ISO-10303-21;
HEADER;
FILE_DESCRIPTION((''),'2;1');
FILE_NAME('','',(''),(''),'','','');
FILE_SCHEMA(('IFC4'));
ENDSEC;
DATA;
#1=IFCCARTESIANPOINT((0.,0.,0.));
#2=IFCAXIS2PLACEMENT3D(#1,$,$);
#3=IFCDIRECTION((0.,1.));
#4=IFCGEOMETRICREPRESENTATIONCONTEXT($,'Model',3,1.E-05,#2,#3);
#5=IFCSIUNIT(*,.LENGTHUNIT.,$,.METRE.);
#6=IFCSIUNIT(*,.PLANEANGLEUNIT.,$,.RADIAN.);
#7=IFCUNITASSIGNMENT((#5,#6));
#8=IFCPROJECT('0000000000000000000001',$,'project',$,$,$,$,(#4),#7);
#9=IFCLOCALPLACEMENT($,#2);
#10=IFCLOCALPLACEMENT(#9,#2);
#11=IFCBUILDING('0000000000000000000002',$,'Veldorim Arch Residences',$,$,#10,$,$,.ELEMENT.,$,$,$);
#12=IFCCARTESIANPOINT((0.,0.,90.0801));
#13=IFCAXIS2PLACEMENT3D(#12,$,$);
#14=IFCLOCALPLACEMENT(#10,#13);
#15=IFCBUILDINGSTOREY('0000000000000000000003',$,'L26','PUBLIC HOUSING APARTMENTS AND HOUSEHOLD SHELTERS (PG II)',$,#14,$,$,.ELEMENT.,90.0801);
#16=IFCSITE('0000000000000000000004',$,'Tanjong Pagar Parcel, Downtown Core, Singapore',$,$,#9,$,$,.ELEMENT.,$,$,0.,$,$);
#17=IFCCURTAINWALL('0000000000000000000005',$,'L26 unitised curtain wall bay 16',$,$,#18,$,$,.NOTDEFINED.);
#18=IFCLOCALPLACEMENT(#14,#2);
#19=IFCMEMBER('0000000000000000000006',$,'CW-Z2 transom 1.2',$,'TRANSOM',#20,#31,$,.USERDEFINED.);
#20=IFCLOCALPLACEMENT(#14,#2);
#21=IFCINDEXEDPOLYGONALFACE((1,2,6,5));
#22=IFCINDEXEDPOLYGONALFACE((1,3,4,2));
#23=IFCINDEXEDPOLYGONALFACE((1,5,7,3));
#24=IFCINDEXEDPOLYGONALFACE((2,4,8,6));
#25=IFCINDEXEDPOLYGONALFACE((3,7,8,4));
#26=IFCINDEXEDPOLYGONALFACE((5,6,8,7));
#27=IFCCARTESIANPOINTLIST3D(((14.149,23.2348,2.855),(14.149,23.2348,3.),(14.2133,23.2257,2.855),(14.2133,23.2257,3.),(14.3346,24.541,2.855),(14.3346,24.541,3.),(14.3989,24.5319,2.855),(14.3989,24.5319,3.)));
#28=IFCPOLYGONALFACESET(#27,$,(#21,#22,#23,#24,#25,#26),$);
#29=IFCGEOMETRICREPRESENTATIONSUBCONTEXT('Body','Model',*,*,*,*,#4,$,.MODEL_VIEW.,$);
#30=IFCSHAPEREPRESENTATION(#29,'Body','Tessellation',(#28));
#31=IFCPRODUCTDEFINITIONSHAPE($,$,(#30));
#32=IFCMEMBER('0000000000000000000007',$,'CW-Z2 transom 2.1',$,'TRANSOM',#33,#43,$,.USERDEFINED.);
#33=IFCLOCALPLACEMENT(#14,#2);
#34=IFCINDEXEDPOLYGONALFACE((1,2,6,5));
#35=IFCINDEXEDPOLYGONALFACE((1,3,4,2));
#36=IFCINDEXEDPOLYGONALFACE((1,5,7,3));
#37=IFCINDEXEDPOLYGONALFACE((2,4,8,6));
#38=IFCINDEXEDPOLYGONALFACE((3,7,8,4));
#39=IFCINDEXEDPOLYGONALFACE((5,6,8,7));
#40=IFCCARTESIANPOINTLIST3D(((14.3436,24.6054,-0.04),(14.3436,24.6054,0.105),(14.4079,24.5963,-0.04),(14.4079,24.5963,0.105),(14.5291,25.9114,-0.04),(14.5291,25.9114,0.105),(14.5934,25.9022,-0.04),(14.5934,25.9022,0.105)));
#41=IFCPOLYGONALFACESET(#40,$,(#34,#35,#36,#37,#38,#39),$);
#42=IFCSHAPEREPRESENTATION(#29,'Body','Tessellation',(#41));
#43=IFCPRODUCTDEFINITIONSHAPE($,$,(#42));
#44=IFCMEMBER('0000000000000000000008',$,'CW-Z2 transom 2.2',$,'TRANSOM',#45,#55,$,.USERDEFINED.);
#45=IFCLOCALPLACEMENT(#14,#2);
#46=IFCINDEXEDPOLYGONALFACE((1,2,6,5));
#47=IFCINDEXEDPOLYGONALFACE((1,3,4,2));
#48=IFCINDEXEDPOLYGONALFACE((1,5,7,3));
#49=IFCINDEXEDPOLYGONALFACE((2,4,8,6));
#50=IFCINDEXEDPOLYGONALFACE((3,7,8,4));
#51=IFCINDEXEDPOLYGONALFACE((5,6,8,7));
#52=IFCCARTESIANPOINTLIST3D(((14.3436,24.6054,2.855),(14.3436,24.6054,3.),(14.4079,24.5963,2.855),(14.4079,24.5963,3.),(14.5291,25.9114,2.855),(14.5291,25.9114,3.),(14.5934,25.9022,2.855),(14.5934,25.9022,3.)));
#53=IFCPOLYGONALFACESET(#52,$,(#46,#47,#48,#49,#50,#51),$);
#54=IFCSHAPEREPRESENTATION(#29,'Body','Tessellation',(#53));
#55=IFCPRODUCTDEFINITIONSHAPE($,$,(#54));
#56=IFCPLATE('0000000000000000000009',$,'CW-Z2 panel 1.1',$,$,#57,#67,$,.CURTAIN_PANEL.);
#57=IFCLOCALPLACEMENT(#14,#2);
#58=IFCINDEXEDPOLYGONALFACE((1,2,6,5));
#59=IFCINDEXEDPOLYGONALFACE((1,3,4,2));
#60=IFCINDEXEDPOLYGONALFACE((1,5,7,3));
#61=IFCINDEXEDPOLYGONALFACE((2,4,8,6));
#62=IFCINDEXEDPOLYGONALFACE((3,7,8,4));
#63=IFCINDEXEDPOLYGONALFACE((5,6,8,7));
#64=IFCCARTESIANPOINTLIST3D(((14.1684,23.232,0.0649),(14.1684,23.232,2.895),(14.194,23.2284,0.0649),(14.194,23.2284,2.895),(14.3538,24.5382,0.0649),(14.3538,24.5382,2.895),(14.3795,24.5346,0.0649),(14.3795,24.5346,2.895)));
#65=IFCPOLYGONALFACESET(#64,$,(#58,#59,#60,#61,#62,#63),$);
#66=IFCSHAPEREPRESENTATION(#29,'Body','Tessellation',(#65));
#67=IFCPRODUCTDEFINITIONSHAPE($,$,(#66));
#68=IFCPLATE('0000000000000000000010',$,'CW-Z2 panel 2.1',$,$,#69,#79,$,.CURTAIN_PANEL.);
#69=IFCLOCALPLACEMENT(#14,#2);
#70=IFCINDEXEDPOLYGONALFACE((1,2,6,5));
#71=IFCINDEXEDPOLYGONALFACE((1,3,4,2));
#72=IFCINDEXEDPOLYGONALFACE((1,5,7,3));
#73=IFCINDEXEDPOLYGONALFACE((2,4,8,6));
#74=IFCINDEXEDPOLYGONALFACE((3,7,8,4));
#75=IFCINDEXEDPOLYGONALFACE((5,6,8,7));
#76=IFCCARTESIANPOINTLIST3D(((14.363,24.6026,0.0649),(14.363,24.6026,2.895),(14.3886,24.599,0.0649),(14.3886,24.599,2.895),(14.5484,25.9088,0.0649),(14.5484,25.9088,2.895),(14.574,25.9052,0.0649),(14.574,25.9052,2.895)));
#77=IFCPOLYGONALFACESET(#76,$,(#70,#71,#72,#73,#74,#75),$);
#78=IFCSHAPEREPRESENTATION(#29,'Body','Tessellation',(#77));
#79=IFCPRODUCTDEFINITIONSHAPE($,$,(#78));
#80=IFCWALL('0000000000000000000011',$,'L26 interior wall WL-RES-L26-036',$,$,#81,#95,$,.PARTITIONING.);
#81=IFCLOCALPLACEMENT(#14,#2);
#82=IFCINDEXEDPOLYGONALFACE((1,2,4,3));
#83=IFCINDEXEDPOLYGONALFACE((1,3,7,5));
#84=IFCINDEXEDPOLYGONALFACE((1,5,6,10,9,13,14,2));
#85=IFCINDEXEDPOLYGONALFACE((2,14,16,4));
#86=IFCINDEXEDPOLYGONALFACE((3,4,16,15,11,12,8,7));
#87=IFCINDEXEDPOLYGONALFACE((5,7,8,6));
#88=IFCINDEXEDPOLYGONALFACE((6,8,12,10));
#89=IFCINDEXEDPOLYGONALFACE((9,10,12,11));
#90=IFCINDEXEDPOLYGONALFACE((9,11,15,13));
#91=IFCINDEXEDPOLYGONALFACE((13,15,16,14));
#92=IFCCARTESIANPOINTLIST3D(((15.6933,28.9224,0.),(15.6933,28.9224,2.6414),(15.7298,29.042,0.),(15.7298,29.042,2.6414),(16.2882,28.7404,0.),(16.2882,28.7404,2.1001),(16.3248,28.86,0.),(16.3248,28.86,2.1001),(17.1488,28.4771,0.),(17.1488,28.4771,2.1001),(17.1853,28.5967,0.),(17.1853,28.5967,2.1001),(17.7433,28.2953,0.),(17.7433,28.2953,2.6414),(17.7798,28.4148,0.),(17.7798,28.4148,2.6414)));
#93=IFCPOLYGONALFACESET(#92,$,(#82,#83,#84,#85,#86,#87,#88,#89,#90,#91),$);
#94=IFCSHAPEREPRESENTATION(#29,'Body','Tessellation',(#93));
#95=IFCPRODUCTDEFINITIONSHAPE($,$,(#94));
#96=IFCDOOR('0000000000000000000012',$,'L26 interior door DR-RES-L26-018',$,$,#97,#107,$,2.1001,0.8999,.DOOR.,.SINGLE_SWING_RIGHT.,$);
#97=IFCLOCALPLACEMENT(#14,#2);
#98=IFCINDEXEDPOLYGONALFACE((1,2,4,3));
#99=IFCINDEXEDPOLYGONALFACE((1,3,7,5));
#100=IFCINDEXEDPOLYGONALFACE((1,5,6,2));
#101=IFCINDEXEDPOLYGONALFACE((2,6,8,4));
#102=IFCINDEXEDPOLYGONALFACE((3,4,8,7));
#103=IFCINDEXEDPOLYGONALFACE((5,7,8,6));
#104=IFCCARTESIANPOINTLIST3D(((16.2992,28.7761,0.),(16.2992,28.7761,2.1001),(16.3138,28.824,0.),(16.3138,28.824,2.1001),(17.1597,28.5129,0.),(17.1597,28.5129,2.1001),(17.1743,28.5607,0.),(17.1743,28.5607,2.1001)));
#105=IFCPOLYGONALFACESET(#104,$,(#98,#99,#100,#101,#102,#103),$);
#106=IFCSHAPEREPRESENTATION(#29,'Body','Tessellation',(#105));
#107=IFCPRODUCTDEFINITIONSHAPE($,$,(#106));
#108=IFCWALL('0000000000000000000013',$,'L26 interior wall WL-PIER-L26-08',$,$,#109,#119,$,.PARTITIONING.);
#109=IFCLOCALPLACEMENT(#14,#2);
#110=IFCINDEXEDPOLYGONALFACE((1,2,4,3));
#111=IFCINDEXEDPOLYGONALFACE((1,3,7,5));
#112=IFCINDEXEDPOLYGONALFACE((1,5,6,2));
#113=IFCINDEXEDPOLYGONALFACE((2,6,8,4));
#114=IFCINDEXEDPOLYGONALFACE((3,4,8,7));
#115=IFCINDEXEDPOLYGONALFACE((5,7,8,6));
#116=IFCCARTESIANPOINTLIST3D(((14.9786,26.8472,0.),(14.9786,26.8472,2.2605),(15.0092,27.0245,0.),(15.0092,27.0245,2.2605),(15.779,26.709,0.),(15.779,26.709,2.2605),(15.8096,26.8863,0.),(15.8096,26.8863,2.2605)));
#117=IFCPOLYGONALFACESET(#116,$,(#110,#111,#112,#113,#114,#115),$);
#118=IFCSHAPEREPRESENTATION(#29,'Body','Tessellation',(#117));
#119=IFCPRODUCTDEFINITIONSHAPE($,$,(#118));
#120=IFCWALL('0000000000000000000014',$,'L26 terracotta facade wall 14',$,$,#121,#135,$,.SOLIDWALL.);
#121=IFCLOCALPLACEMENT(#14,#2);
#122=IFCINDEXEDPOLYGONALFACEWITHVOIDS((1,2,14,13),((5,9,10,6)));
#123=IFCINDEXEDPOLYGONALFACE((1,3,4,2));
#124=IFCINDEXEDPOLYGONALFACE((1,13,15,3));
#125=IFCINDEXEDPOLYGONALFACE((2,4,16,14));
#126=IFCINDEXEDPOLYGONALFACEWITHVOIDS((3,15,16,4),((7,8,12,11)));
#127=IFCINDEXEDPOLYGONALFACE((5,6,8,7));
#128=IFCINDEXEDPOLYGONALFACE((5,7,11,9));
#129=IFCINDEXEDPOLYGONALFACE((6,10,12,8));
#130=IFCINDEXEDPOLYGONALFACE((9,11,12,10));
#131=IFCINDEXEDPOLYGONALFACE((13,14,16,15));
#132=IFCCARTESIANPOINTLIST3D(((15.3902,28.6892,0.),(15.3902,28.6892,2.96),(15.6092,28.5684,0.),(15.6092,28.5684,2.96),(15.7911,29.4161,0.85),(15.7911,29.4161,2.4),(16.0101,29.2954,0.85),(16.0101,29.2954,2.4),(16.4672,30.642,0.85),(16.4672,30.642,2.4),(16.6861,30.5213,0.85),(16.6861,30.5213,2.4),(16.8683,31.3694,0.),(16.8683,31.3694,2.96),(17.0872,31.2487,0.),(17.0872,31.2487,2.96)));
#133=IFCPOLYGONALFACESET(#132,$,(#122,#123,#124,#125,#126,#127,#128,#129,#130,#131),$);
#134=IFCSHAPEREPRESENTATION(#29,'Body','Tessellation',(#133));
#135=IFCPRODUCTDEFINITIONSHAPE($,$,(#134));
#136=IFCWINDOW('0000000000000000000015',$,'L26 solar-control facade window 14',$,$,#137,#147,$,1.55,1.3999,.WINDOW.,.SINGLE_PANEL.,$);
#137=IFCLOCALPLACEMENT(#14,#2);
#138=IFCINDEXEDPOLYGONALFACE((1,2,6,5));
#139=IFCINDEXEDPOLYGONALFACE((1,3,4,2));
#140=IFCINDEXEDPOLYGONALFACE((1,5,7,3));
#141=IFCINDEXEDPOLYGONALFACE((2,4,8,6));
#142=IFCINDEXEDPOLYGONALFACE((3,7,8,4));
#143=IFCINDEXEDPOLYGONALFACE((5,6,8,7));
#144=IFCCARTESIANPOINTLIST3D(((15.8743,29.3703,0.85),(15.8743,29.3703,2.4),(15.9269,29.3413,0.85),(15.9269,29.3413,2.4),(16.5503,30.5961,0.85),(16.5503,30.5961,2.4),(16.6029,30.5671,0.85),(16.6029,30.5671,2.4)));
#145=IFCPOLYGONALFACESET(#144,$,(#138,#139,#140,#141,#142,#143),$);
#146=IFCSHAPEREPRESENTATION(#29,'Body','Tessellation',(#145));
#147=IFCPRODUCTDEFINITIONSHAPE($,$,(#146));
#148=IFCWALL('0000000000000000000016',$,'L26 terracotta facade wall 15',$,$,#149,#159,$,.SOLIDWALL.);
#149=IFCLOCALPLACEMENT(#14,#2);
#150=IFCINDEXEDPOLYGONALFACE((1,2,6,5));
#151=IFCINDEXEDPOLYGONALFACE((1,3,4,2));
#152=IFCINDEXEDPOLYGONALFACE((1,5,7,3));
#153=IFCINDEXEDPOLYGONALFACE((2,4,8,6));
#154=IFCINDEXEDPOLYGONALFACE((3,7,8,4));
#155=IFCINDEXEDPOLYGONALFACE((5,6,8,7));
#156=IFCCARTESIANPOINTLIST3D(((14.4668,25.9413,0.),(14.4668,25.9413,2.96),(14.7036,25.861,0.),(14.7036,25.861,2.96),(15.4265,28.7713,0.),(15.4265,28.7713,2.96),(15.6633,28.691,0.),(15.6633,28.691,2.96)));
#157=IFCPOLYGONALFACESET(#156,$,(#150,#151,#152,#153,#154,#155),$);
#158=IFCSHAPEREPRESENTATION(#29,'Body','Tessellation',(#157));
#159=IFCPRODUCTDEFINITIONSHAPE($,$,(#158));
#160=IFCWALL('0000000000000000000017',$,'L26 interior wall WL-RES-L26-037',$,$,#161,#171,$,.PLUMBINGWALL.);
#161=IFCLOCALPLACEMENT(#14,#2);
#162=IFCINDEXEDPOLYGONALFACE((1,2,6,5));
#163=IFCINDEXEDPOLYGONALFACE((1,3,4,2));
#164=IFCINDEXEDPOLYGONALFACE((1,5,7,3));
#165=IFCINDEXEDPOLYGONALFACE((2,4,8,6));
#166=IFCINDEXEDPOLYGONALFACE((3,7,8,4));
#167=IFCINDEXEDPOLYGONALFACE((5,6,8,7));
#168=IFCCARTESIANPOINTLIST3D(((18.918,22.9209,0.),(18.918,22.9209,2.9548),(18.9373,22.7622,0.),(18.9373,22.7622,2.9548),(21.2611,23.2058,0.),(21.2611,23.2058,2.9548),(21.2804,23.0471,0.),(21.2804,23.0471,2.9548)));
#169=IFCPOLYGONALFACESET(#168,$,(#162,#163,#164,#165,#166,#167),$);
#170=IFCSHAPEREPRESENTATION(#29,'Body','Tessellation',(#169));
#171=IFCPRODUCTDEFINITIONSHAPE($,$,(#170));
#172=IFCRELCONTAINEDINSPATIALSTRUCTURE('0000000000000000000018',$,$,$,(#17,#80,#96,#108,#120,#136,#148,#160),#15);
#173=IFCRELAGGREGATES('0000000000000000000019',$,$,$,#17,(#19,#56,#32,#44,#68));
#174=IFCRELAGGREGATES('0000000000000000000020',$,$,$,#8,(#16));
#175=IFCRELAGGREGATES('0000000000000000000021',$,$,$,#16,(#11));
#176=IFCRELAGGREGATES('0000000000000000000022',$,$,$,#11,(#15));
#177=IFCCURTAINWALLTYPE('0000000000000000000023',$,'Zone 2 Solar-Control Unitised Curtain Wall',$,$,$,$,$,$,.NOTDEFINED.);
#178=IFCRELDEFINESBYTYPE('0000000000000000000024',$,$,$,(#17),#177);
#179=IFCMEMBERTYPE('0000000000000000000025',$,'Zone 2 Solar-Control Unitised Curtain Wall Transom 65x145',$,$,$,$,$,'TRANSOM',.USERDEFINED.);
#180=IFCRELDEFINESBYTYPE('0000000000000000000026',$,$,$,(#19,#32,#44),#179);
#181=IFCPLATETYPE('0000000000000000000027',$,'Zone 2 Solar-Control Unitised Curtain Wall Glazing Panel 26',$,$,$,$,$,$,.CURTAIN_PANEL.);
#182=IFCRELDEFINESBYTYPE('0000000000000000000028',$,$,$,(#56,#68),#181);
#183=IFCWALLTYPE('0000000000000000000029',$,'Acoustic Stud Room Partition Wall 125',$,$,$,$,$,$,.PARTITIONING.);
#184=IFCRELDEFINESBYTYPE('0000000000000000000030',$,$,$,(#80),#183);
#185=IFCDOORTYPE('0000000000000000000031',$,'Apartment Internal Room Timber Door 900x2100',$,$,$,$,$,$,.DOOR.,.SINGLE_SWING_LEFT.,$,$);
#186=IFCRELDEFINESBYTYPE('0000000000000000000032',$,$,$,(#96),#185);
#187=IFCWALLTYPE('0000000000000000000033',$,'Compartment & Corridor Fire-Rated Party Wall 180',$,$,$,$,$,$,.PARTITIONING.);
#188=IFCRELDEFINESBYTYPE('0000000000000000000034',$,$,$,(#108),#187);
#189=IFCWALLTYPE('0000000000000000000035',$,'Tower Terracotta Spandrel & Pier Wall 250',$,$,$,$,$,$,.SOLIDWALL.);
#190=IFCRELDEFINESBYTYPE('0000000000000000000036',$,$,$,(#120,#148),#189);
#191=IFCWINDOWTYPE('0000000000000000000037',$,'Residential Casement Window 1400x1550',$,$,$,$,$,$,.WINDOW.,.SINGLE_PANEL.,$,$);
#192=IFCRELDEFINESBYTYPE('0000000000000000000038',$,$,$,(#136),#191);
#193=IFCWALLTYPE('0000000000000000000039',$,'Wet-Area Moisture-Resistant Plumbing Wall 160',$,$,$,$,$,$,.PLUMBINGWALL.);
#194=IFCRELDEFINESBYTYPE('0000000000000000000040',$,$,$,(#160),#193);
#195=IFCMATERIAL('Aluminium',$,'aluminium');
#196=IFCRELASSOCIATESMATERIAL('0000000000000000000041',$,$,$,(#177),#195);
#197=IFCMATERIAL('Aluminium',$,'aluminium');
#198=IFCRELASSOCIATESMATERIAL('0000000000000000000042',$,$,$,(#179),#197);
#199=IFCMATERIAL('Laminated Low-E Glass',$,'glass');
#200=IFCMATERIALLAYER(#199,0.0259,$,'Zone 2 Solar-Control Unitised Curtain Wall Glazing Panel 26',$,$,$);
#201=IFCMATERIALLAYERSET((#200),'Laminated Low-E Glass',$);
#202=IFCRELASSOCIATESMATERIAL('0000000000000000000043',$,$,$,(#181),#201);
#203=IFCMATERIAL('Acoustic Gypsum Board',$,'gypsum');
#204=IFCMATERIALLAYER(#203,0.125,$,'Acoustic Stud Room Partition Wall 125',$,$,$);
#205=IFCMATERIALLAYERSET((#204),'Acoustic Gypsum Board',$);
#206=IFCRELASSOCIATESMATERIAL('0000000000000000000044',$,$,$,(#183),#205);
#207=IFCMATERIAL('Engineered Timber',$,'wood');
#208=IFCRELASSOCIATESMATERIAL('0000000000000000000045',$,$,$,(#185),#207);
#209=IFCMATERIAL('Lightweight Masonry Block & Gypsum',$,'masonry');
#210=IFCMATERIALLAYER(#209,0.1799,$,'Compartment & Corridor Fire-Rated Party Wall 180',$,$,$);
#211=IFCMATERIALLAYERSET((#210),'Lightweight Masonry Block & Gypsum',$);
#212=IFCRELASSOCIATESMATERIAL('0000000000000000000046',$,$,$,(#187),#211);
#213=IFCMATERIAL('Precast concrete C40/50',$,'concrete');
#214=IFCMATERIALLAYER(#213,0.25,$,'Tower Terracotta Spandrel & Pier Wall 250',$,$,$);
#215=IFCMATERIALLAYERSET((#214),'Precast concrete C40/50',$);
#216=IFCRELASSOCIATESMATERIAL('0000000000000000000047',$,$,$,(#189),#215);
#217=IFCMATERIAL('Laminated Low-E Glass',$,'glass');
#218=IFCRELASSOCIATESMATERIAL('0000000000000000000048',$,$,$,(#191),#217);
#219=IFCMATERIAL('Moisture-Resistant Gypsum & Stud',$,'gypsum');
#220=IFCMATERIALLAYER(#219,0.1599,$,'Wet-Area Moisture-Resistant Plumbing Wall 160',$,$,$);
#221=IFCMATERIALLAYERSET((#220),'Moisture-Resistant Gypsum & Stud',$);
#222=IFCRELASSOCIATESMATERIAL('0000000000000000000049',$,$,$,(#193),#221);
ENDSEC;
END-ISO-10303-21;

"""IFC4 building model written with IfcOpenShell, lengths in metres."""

from ifc_helpers import new_model, si_unit, direction, frame, frame_2d, origin, origin_2d, place, context, subcontext, project, spatial, rectangle, extrude, material, layer, layer_set, material_profile, profile_set, type_object, element, fill, aggregate, save


model = new_model("IFC4")

# Units and contexts
model_context = context("Model", 3, precision=1e-05, world=origin(), true_north=direction((0.0, 1.0)))
body_context = subcontext(model_context, "Body", "Model", "MODEL_VIEW")
ifc_project = project(units=[si_unit("LENGTHUNIT", "METRE"), si_unit("PLANEANGLEUNIT", "RADIAN")], contexts=[model_context])

# Site, building, storey
site_placement = place(None, origin())
site = spatial("IfcSite", under=ifc_project, at=site_placement, Name="Tanjong Pagar Parcel, Downtown Core, Singapore", CompositionType="ELEMENT", RefElevation=0.0)
building_placement = place(site_placement, origin())
building = spatial("IfcBuilding", under=site, at=building_placement, Name="Veldorim Arch Residences", CompositionType="ELEMENT")
storey_placement = place(building_placement, frame((0.0, 0.0, 90.0801)))
storey = spatial("IfcBuildingStorey", under=building, at=storey_placement, Name="L26", Description="PUBLIC HOUSING APARTMENTS AND HOUSEHOLD SHELTERS (PG II)", CompositionType="ELEMENT", Elevation=90.0801)

# Curtain wall, members, plates
ifc_material_1 = material(Name="Aluminium", Category="aluminium")
curtain_wall_type = type_object("IfcCurtainWallType", Name="Zone 2 Solar-Control Unitised Curtain Wall", PredefinedType="NOTDEFINED", material=ifc_material_1)
curtain_wall_placement = place(storey_placement, origin())
curtain_wall = element("IfcCurtainWall", 1, at=curtain_wall_placement, inside=storey, type_object=curtain_wall_type, Name="L26 unitised curtain wall bay 16", PredefinedType="NOTDEFINED")
ifc_material_2 = material(Name="Aluminium", Category="aluminium")
ifc_material_profile_1 = material_profile(ifc_material_2, rectangle(XDim=0.0649, YDim=0.145, at=origin_2d()), Name="ALU_TRN_65x145")
ifc_profile_set_1 = profile_set([ifc_material_profile_1], Name="Aluminium")
member_type_1 = type_object("IfcMemberType", Name="Zone 2 Solar-Control Unitised Curtain Wall Transom 65x145", ElementType="TRANSOM", PredefinedType="USERDEFINED", material=ifc_profile_set_1)
member_1_placement = place(storey_placement, frame((14.1812, 23.2302, 2.9275), z_axis=(0.140644, 0.99006, 0.0), x_axis=(-0.99006, 0.140644, 0.0)))
member_1 = element("IfcMember", 2, at=member_1_placement, type_object=member_type_1, Name="CW-Z2 transom 1.2", ObjectType="TRANSOM", PredefinedType="USERDEFINED", context=body_context, shape_type="SweptSolid", body=[
    extrude(rectangle(XDim=0.0649, YDim=0.145, at=origin_2d()), origin(), (0.0, 0.0, 1.0), 1.3193),
])
member_2_placement = place(storey_placement, frame((14.3757, 24.6008, 0.0325), z_axis=(0.14067, 0.990057, 0.0), x_axis=(-0.990057, 0.14067, 0.0)))
member_2 = element("IfcMember", 3, at=member_2_placement, type_object=member_type_1, Name="CW-Z2 transom 2.1", ObjectType="TRANSOM", PredefinedType="USERDEFINED", context=body_context, shape_type="SweptSolid", body=[
    extrude(rectangle(XDim=0.0649, YDim=0.145, at=origin_2d()), origin(), (0.0, 0.0, 1.0), 1.3191),
])
member_3_placement = place(storey_placement, frame((14.3757, 24.6008, 2.9275), z_axis=(0.14067, 0.990057, 0.0), x_axis=(-0.990057, 0.14067, 0.0)))
member_3 = element("IfcMember", 4, at=member_3_placement, type_object=member_type_1, Name="CW-Z2 transom 2.2", ObjectType="TRANSOM", PredefinedType="USERDEFINED", context=body_context, shape_type="SweptSolid", body=[
    extrude(rectangle(XDim=0.0649, YDim=0.145, at=origin_2d()), origin(), (0.0, 0.0, 1.0), 1.3191),
])
ifc_material_3 = material(Name="Laminated Low-E Glass", Category="glass")
ifc_layer_1 = layer(ifc_material_3, 0.0259, Name="Zone 2 Solar-Control Unitised Curtain Wall Glazing Panel 26")
ifc_layer_set_1 = layer_set([ifc_layer_1], Name="Laminated Low-E Glass")
plate_type = type_object("IfcPlateType", Name="Zone 2 Solar-Control Unitised Curtain Wall Glazing Panel 26", PredefinedType="CURTAIN_PANEL", material=ifc_layer_set_1)
plate_1_placement = place(storey_placement, frame((14.2739, 23.8833, 0.0649), z_axis=(0.0, 0.0, 1.0), x_axis=(0.140571, 0.990071, 0.0)))
plate_1 = element("IfcPlate", 5, at=plate_1_placement, type_object=plate_type, Name="CW-Z2 panel 1.1", PredefinedType="CURTAIN_PANEL", context=body_context, shape_type="SweptSolid", body=[
    extrude(rectangle(XDim=1.3193, YDim=0.0259, at=origin_2d()), origin(), (0.0, 0.0, 1.0), 2.8301),
])
plate_2_placement = place(storey_placement, frame((14.4685, 25.2539, 0.0649), z_axis=(0.0, 0.0, 1.0), x_axis=(0.140571, 0.990071, 0.0)))
plate_2 = element("IfcPlate", 6, at=plate_2_placement, type_object=plate_type, Name="CW-Z2 panel 2.1", PredefinedType="CURTAIN_PANEL", context=body_context, shape_type="SweptSolid", body=[
    extrude(rectangle(XDim=1.3193, YDim=0.0259, at=origin_2d()), origin(), (0.0, 0.0, 1.0), 2.8301),
])
aggregate(curtain_wall, [member_1, plate_1, member_2, member_3, plate_2])

# Wall, opening, door
ifc_material_4 = material(Name="Acoustic Gypsum Board", Category="gypsum")
ifc_layer_2 = layer(ifc_material_4, 0.125, Name="Acoustic Stud Room Partition Wall 125")
ifc_layer_set_2 = layer_set([ifc_layer_2], Name="Acoustic Gypsum Board")
wall_type_1 = type_object("IfcWallType", Name="Acoustic Stud Room Partition Wall 125", PredefinedType="PARTITIONING", material=ifc_layer_set_2)
wall_1_placement = place(storey_placement, frame((15.7117, 28.9822, 0.0), z_axis=(0.0, 0.0, 1.0), x_axis=(0.956248, -0.292557, 0.0)))
wall_1 = element("IfcWall", 7, at=wall_1_placement, inside=storey, type_object=wall_type_1, Name="L26 interior wall WL-RES-L26-036", PredefinedType="PARTITIONING", context=body_context, shape_type="SweptSolid", body=[
    extrude(rectangle(XDim=2.1438, YDim=0.125, at=frame_2d((1.0718, 0.0))), origin(), (0.0, 0.0, 1.0), 2.6414),
])
opening_1_placement = place(wall_1_placement, frame((0.6221, 0.0, 0.0)))
opening_1 = element("IfcOpeningElement", 8, at=opening_1_placement, cuts=wall_1, PredefinedType="OPENING", context=body_context, shape_type="SweptSolid", body=[
    extrude(rectangle(XDim=0.8999, YDim=2.1001, at=frame_2d((0.45, 1.05))), frame((0.0, 0.0725, 0.0), z_axis=(0.0, -1.0, 0.0), x_axis=(1.0, 0.0, 0.0)), (0.0, 0.0, 1.0), 0.145),
])
ifc_material_5 = material(Name="Engineered Timber", Category="wood")
door_type_1 = type_object("IfcDoorType", Name="Apartment Internal Room Timber Door 900x2100", OperationType="SINGLE_SWING_LEFT", PredefinedType="DOOR", material=ifc_material_5)
door_1_placement = place(opening_1_placement, origin())
door_1 = element("IfcDoor", 9, at=door_1_placement, inside=storey, type_object=door_type_1, Name="L26 interior door DR-RES-L26-018", OperationType="SINGLE_SWING_RIGHT", OverallHeight=2.1001, OverallWidth=0.8999, PredefinedType="DOOR", context=body_context, shape_type="SweptSolid", body=[
    extrude(rectangle(XDim=0.8999, YDim=2.1001, at=frame_2d((0.45, 1.05))), frame((0.0, 0.0249, 0.0), z_axis=(0.0, -1.0, 0.0), x_axis=(1.0, 0.0, 0.0)), (0.0, 0.0, 1.0), 0.05),
])
fill(opening_1, door_1)

# Wall
ifc_material_6 = material(Name="Lightweight Masonry Block & Gypsum", Category="masonry")
ifc_layer_3 = layer(ifc_material_6, 0.1799, Name="Compartment & Corridor Fire-Rated Party Wall 180")
ifc_layer_set_3 = layer_set([ifc_layer_3], Name="Lightweight Masonry Block & Gypsum")
wall_type_2 = type_object("IfcWallType", Name="Compartment & Corridor Fire-Rated Party Wall 180", PredefinedType="PARTITIONING", material=ifc_layer_set_3)
wall_2_placement = place(storey_placement, frame((15.7944, 26.7976, 0.0), z_axis=(0.0, 0.0, 1.0), x_axis=(-0.985418, 0.170149, 0.0)))
element("IfcWall", 10, at=wall_2_placement, inside=storey, type_object=wall_type_2, Name="L26 interior wall WL-PIER-L26-08", PredefinedType="PARTITIONING", context=body_context, shape_type="SweptSolid", body=[
    extrude(rectangle(XDim=0.8123, YDim=0.1799, at=frame_2d((0.4062, 0.0))), origin(), (0.0, 0.0, 1.0), 2.2605),
])

# Wall, opening, window
ifc_material_7 = material(Name="Precast concrete C40/50", Category="concrete")
ifc_layer_4 = layer(ifc_material_7, 0.25, Name="Tower Terracotta Spandrel & Pier Wall 250")
ifc_layer_set_4 = layer_set([ifc_layer_4], Name="Precast concrete C40/50")
wall_type_3 = type_object("IfcWallType", Name="Tower Terracotta Spandrel & Pier Wall 250", PredefinedType="SOLIDWALL", material=ifc_layer_set_4)
wall_3_placement = place(storey_placement, frame((15.4998, 28.6289, 0.0), z_axis=(0.0, 0.0, 1.0), x_axis=(0.482904, 0.875673, 0.0)))
wall_3 = element("IfcWall", 11, at=wall_3_placement, inside=storey, type_object=wall_type_3, Name="L26 terracotta facade wall 14", PredefinedType="SOLIDWALL", context=body_context, shape_type="SweptSolid", body=[
    extrude(rectangle(XDim=3.0608, YDim=0.25, at=frame_2d((1.5303, 0.0))), origin(), (0.0, 0.0, 1.0), 2.96),
])
opening_2_placement = place(wall_3_placement, frame((0.8301, 0.0, 0.8501)))
opening_2 = element("IfcOpeningElement", 12, at=opening_2_placement, cuts=wall_3, PredefinedType="OPENING", context=body_context, shape_type="SweptSolid", body=[
    extrude(rectangle(XDim=1.3999, YDim=1.55, at=frame_2d((0.7, 0.7749))), frame((0.0, 0.135, 0.0), z_axis=(0.0, -1.0, 0.0), x_axis=(1.0, 0.0, 0.0)), (0.0, 0.0, 1.0), 0.27),
])
ifc_material_8 = material(Name="Laminated Low-E Glass", Category="glass")
window_type = type_object("IfcWindowType", Name="Residential Casement Window 1400x1550", PartitioningType="SINGLE_PANEL", PredefinedType="WINDOW", material=ifc_material_8)
window_placement = place(opening_2_placement, origin())
window = element("IfcWindow", 13, at=window_placement, inside=storey, type_object=window_type, Name="L26 solar-control facade window 14", OverallHeight=1.55, OverallWidth=1.3999, PartitioningType="SINGLE_PANEL", PredefinedType="WINDOW", context=body_context, shape_type="SweptSolid", body=[
    extrude(rectangle(XDim=1.3999, YDim=1.55, at=frame_2d((0.7, 0.7749))), frame((0.0, 0.03, 0.0), z_axis=(0.0, -1.0, 0.0), x_axis=(1.0, 0.0, 0.0)), (0.0, 0.0, 1.0), 0.0601),
])
fill(opening_2, window)

# Walls
wall_4_placement = place(storey_placement, frame((14.5852, 25.9011, 0.0), z_axis=(0.0, 0.0, 1.0), x_axis=(0.32115, 0.947028, 0.0)))
element("IfcWall", 14, at=wall_4_placement, inside=storey, type_object=wall_type_3, Name="L26 terracotta facade wall 15", PredefinedType="SOLIDWALL", context=body_context, shape_type="SweptSolid", body=[
    extrude(rectangle(XDim=2.9883, YDim=0.25, at=frame_2d((1.4941, 0.0))), origin(), (0.0, 0.0, 1.0), 2.96),
])
ifc_material_9 = material(Name="Moisture-Resistant Gypsum & Stud", Category="gypsum")
ifc_layer_5 = layer(ifc_material_9, 0.1599, Name="Wet-Area Moisture-Resistant Plumbing Wall 160")
ifc_layer_set_5 = layer_set([ifc_layer_5], Name="Moisture-Resistant Gypsum & Stud")
wall_type_4 = type_object("IfcWallType", Name="Wet-Area Moisture-Resistant Plumbing Wall 160", PredefinedType="PLUMBINGWALL", material=ifc_layer_set_5)
wall_5_placement = place(storey_placement, frame((21.2708, 23.1265, 0.0), z_axis=(0.0, 0.0, 1.0), x_axis=(-0.992688, -0.120711, 0.0)))
element("IfcWall", 15, at=wall_5_placement, inside=storey, type_object=wall_type_4, Name="L26 interior wall WL-RES-L26-037", PredefinedType="PLUMBINGWALL", context=body_context, shape_type="SweptSolid", body=[
    extrude(rectangle(XDim=2.3604, YDim=0.1599, at=frame_2d((1.1802, 0.0))), origin(), (0.0, 0.0, 1.0), 2.9548),
])

save(model, "model.ifc")
